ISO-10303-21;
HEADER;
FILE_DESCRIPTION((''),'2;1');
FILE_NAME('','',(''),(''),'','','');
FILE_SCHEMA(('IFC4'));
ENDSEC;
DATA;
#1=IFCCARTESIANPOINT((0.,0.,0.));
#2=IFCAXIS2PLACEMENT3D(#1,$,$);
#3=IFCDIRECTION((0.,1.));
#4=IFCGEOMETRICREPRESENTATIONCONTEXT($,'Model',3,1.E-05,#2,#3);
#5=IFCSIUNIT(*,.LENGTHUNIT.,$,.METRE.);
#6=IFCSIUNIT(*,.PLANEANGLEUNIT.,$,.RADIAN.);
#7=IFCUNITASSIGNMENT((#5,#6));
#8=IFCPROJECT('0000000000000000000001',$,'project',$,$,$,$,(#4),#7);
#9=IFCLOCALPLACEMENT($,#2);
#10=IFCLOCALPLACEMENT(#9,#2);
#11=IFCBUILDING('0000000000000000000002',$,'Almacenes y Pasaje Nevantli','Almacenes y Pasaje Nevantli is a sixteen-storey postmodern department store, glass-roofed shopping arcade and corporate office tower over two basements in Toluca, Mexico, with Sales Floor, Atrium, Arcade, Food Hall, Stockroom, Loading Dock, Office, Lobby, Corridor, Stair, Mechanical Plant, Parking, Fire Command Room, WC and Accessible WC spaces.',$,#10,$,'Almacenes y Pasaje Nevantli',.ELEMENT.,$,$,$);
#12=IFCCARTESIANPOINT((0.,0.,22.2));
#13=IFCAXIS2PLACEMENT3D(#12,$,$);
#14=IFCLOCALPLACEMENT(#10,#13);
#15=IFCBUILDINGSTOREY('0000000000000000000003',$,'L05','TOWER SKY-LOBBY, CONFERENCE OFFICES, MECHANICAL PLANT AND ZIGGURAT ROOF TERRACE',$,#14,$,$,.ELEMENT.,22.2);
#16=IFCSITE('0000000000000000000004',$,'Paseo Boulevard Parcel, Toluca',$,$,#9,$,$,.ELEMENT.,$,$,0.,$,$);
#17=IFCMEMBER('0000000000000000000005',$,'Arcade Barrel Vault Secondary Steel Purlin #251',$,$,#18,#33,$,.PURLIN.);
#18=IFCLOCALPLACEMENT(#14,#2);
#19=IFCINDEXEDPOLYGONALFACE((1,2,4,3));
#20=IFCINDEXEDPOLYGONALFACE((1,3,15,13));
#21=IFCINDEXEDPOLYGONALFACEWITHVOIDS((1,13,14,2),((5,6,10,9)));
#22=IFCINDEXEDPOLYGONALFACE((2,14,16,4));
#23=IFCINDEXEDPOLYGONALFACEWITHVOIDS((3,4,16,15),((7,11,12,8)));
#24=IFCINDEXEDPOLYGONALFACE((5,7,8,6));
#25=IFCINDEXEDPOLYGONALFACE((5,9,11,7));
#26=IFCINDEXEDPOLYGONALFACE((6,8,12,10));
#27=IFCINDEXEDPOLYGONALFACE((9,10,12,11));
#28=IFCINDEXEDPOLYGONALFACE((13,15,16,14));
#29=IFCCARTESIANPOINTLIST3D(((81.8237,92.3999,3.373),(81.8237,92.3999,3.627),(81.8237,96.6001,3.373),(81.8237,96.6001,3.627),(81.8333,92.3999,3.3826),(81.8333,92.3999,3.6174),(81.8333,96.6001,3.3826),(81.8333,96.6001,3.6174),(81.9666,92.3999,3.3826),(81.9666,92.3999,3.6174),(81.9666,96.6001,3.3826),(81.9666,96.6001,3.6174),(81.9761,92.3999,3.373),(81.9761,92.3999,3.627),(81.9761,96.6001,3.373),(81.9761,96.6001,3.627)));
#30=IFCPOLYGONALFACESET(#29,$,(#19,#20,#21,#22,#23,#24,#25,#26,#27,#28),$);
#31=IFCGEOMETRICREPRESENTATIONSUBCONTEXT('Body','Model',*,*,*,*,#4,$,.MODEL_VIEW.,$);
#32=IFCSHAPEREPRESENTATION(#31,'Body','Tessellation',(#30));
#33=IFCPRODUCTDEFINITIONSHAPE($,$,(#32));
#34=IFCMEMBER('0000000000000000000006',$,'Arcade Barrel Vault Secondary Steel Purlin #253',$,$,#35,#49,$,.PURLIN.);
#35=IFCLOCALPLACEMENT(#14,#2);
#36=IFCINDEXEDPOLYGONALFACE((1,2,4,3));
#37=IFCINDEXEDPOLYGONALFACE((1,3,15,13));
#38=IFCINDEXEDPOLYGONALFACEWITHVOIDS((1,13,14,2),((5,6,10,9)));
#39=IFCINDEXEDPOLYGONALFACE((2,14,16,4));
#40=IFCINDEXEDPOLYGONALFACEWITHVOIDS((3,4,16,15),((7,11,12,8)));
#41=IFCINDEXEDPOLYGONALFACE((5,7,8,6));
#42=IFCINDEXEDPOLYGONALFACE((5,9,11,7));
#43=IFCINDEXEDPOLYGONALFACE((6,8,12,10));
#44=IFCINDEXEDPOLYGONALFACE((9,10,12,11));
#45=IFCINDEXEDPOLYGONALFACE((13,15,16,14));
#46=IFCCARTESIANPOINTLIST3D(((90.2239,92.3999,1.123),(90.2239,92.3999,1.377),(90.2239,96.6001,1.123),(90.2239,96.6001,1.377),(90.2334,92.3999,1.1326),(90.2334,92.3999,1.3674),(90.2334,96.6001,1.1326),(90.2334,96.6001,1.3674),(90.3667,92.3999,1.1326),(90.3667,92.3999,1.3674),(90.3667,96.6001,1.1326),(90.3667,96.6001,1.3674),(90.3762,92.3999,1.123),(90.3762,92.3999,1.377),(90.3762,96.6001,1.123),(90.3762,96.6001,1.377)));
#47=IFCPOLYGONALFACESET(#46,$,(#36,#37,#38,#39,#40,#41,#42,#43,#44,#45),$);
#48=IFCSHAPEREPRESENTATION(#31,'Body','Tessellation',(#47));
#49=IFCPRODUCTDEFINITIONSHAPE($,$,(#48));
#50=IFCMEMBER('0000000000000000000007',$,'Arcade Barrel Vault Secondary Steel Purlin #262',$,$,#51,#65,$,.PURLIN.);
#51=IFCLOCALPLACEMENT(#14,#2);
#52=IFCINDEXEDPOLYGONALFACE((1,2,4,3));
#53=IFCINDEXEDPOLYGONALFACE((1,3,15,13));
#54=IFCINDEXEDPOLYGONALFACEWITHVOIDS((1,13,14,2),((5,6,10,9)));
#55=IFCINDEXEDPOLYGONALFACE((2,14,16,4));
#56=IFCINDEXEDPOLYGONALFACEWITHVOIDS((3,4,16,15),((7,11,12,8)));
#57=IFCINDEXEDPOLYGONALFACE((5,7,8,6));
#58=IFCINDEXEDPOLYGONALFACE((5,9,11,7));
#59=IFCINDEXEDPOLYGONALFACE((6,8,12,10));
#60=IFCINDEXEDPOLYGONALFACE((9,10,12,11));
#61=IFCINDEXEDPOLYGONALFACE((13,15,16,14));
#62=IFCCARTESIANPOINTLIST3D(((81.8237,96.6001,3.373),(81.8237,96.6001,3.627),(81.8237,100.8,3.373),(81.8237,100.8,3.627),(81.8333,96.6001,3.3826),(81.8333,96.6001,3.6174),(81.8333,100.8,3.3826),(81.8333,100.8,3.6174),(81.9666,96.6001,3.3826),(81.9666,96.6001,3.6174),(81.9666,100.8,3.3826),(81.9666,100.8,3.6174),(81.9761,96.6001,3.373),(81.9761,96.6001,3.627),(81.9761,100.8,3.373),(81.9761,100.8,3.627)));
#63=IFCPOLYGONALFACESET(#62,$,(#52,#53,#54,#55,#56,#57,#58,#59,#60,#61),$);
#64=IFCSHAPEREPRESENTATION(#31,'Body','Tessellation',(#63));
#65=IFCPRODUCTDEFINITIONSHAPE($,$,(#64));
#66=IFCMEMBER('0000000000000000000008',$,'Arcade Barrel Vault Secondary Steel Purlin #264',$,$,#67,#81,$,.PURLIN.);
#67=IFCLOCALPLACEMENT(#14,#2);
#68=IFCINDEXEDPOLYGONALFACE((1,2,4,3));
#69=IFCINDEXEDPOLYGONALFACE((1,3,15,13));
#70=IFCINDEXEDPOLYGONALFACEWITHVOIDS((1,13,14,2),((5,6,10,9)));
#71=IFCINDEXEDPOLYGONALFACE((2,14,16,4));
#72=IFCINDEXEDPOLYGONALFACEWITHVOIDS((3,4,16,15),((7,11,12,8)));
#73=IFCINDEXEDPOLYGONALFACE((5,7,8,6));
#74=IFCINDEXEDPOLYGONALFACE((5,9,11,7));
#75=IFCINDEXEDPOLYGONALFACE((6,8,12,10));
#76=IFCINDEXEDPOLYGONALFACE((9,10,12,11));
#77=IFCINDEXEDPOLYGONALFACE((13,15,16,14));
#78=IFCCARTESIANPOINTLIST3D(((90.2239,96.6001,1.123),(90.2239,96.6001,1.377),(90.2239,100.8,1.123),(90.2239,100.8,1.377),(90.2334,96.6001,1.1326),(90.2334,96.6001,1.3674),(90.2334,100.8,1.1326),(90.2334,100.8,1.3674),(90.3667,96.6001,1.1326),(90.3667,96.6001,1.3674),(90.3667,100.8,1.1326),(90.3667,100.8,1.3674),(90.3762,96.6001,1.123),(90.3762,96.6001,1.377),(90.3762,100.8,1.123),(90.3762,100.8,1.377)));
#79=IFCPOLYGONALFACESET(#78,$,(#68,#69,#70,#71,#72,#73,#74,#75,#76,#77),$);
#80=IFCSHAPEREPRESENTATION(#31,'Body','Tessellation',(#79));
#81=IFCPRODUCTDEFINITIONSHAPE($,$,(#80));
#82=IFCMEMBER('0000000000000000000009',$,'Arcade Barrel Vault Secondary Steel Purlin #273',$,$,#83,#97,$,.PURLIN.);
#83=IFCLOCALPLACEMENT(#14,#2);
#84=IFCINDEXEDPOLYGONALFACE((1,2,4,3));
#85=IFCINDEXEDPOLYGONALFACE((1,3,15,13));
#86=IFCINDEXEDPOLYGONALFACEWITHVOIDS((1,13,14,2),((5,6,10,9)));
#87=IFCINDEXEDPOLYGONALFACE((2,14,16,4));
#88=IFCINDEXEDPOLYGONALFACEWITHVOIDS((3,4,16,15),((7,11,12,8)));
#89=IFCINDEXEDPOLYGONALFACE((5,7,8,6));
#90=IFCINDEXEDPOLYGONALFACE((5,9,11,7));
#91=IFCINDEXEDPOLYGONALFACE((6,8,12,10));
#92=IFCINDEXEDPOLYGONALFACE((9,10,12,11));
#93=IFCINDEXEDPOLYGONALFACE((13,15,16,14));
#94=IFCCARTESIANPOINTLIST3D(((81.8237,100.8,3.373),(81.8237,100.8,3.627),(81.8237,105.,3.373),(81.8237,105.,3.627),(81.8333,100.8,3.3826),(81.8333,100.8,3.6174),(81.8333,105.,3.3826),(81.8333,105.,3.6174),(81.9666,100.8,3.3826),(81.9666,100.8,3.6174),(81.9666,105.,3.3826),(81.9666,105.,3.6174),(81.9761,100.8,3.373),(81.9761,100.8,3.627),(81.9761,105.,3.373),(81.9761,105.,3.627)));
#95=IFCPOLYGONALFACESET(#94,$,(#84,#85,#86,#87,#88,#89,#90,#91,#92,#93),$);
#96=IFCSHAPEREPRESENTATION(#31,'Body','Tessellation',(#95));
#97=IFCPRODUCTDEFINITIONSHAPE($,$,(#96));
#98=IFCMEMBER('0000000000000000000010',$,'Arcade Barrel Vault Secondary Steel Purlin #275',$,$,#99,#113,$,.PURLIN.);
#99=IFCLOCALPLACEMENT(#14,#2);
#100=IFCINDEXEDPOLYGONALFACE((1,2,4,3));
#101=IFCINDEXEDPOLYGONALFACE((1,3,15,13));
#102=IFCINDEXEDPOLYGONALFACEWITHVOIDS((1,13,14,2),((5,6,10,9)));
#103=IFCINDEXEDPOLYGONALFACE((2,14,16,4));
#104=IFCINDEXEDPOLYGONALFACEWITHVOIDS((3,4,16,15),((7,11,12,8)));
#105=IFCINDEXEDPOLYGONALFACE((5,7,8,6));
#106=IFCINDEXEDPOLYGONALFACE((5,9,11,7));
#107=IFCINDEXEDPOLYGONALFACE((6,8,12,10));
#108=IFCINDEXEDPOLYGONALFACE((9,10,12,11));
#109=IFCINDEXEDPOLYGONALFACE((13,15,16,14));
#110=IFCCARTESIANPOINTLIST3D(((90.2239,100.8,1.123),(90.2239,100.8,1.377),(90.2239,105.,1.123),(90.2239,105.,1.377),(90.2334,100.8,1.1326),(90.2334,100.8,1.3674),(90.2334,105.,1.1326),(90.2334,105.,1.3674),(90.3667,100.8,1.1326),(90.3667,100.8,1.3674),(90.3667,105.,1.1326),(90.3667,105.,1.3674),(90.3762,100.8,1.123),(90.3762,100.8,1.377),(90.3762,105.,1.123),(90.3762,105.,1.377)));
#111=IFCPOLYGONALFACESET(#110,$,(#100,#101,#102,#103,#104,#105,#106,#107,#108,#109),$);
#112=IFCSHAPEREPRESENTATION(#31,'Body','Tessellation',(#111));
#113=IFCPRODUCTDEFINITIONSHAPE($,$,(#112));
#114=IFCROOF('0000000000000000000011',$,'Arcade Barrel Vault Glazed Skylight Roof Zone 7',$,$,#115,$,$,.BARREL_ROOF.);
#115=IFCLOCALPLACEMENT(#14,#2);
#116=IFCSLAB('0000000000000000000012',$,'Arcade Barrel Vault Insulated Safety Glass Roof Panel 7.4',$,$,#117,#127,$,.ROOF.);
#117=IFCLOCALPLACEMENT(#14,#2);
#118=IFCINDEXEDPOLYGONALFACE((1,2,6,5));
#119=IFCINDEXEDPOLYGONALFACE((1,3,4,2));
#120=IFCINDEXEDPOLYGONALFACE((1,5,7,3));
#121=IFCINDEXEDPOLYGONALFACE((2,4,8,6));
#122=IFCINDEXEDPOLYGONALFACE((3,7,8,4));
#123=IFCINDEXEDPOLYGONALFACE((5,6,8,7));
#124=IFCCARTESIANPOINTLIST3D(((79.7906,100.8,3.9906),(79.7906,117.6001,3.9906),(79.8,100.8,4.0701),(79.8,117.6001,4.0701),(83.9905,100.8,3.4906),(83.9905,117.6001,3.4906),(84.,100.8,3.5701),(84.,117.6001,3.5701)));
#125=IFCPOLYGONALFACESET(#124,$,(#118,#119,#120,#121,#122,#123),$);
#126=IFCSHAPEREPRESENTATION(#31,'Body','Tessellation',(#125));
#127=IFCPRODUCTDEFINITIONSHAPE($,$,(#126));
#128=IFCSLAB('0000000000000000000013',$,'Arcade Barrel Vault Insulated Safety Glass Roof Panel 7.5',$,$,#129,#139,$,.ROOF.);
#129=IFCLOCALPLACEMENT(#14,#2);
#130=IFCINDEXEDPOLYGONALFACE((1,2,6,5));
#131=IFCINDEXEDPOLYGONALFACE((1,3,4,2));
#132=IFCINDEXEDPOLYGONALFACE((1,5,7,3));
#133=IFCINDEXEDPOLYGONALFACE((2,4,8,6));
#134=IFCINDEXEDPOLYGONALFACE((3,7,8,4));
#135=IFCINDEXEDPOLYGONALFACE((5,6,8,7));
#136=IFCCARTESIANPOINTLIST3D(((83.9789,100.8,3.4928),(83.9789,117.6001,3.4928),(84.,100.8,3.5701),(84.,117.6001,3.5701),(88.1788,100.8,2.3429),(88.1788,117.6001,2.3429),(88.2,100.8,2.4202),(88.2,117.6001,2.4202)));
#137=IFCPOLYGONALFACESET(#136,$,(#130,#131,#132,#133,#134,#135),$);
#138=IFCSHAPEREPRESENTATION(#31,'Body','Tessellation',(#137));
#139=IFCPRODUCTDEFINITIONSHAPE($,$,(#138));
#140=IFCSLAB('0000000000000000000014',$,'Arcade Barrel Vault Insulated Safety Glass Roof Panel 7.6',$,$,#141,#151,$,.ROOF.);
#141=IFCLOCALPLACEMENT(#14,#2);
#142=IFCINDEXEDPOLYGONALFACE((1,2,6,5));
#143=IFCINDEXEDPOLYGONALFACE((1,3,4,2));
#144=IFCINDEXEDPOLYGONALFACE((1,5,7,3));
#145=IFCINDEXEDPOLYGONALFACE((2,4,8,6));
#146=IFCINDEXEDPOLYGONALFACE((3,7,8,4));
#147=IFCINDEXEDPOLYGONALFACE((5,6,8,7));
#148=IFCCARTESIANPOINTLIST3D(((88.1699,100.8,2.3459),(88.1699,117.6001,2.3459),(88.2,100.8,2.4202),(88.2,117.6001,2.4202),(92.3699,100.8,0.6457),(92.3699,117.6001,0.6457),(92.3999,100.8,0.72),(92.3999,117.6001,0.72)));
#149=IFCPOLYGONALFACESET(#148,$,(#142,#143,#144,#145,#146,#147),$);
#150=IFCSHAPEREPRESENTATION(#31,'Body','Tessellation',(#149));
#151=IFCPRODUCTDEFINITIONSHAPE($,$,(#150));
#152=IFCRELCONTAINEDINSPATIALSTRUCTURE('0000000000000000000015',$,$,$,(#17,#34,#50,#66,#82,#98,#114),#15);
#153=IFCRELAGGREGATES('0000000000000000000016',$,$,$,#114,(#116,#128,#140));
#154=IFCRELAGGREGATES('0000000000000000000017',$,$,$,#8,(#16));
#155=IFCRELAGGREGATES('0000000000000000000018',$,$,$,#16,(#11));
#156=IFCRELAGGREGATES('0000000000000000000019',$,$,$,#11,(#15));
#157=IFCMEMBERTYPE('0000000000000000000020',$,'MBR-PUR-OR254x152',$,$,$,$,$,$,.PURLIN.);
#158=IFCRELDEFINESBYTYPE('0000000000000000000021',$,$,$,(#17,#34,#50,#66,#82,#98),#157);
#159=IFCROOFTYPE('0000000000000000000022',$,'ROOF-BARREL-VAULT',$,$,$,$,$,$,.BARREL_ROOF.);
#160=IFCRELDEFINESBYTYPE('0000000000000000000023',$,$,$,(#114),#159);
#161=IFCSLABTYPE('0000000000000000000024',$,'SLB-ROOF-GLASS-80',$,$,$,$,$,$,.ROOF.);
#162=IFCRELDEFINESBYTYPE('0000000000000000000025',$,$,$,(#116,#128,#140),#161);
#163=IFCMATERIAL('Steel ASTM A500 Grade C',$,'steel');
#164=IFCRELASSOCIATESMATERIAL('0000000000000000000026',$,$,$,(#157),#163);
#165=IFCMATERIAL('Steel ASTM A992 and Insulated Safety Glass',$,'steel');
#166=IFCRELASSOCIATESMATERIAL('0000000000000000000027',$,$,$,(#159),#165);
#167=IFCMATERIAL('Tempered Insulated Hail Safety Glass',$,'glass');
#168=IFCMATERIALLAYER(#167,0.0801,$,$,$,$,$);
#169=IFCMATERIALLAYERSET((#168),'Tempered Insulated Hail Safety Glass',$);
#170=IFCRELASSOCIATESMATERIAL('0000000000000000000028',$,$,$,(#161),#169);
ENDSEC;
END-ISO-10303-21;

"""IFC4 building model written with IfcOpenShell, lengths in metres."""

from ifc_helpers import new_model, si_unit, direction, frame, origin, origin_2d, place, context, subcontext, project, spatial, polyline, hollow_rectangle, outline, extrude, material, layer, layer_set, material_profile, profile_set, type_object, element, aggregate, save


model = new_model("IFC4")

# Units and contexts
model_context = context("Model", 3, precision=1e-05, world=origin(), true_north=direction((0.0, 1.0)))
body_context = subcontext(model_context, "Body", "Model", "MODEL_VIEW")
ifc_project = project(units=[si_unit("LENGTHUNIT", "METRE"), si_unit("PLANEANGLEUNIT", "RADIAN")], contexts=[model_context])

# Site, building, storey
site_placement = place(None, origin())
site = spatial("IfcSite", under=ifc_project, at=site_placement, Name="Paseo Boulevard Parcel, Toluca", CompositionType="ELEMENT", RefElevation=0.0)
building_placement = place(site_placement, origin())
building = spatial("IfcBuilding", under=site, at=building_placement, Name="Almacenes y Pasaje Nevantli", Description="Almacenes y Pasaje Nevantli is a sixteen-storey postmodern department store, glass-roofed shopping arcade and corporate office tower over two basements in Toluca, Mexico, with Sales Floor, Atrium, Arcade, Food Hall, Stockroom, Loading Dock, Office, Lobby, Corridor, Stair, Mechanical Plant, Parking, Fire Command Room, WC and Accessible WC spaces.", LongName="Almacenes y Pasaje Nevantli", CompositionType="ELEMENT")
storey_placement = place(building_placement, frame((0.0, 0.0, 22.2)))
storey = spatial("IfcBuildingStorey", under=building, at=storey_placement, Name="L05", Description="TOWER SKY-LOBBY, CONFERENCE OFFICES, MECHANICAL PLANT AND ZIGGURAT ROOF TERRACE", CompositionType="ELEMENT", Elevation=22.2)

# Members
ifc_material_1 = material(Name="Steel ASTM A500 Grade C", Category="steel")
ifc_material_profile_1 = material_profile(ifc_material_1, hollow_rectangle(XDim=0.1523, YDim=0.2539, WallThickness=0.0095, at=origin_2d()), Name="OR 254x152x9.5")
ifc_profile_set_1 = profile_set([ifc_material_profile_1], Name="Steel ASTM A500 Grade C")
member_type_1 = type_object("IfcMemberType", Name="MBR-PUR-OR254x152", PredefinedType="PURLIN", material=ifc_profile_set_1)
for number, where, z_axis, x_axis, name in (
    (1, (81.8999, 92.3999, 3.5), (0.0, 1.0, 0.0), (-1.0, 0.0, 0.0), "Arcade Barrel Vault Secondary Steel Purlin #251"),
    (2, (90.3, 92.3999, 1.25), (0.0, 1.0, 0.0), (-1.0, 0.0, 0.0), "Arcade Barrel Vault Secondary Steel Purlin #253"),
):
    element("IfcMember", number, at=place(storey_placement, frame(where, z_axis=z_axis, x_axis=x_axis)), inside=storey, type_object=member_type_1, Name=name, PredefinedType="PURLIN", context=body_context, shape_type="SweptSolid", body=[
        extrude(hollow_rectangle(XDim=0.1523, YDim=0.2539, WallThickness=0.0095, at=origin_2d()), origin(), (0.0, 0.0, 1.0), 4.2002),
    ])
for number, where, z_axis, x_axis, name in (
    (3, (81.8999, 96.6001, 3.5), (0.0, 1.0, 0.0), (-1.0, 0.0, 0.0), "Arcade Barrel Vault Secondary Steel Purlin #262"),
    (4, (90.3, 96.6001, 1.25), (0.0, 1.0, 0.0), (-1.0, 0.0, 0.0), "Arcade Barrel Vault Secondary Steel Purlin #264"),
    (5, (81.8999, 100.8, 3.5), (0.0, 1.0, 0.0), (-1.0, 0.0, 0.0), "Arcade Barrel Vault Secondary Steel Purlin #273"),
    (6, (90.3, 100.8, 1.25), (0.0, 1.0, 0.0), (-1.0, 0.0, 0.0), "Arcade Barrel Vault Secondary Steel Purlin #275"),
):
    element("IfcMember", number, at=place(storey_placement, frame(where, z_axis=z_axis, x_axis=x_axis)), inside=storey, type_object=member_type_1, Name=name, PredefinedType="PURLIN", context=body_context, shape_type="SweptSolid", body=[
        extrude(hollow_rectangle(XDim=0.1523, YDim=0.2539, WallThickness=0.0095, at=origin_2d()), origin(), (0.0, 0.0, 1.0), 4.2),
    ])

# Roof, slabs
ifc_material_2 = material(Name="Steel ASTM A992 and Insulated Safety Glass", Category="steel")
roof_type = type_object("IfcRoofType", Name="ROOF-BARREL-VAULT", PredefinedType="BARREL_ROOF", material=ifc_material_2)
roof_placement = place(storey_placement, origin())
roof = element("IfcRoof", 7, at=roof_placement, inside=storey, type_object=roof_type, Name="Arcade Barrel Vault Glazed Skylight Roof Zone 7", PredefinedType="BARREL_ROOF")
ifc_material_3 = material(Name="Tempered Insulated Hail Safety Glass", Category="glass")
ifc_layer = layer(ifc_material_3, 0.0801)
ifc_layer_set = layer_set([ifc_layer], Name="Tempered Insulated Hail Safety Glass")
slab_type = type_object("IfcSlabType", Name="SLB-ROOF-GLASS-80", PredefinedType="ROOF", material=ifc_layer_set)
slab_1_placement = place(storey_placement, frame((79.8, 100.8, 4.0701), z_axis=(0.118214, 0.0, 0.992988), x_axis=(0.992988, 0.0, -0.118214)))
slab_1 = element("IfcSlab", 8, at=slab_1_placement, type_object=slab_type, Name="Arcade Barrel Vault Insulated Safety Glass Roof Panel 7.4", PredefinedType="ROOF", context=body_context, shape_type="SweptSolid", body=[
    extrude(outline(polyline([(0.0, 0.0), (4.2296, 0.0), (4.2296, 16.8), (0.0, 16.8), (0.0, 0.0)])), origin(), (0.0, 0.0, -1.0), 0.0801),
])
slab_2_placement = place(storey_placement, frame((84.0, 100.8, 3.5701), z_axis=(0.264071, 0.0, 0.964503), x_axis=(0.964503, 0.0, -0.264071)))
slab_2 = element("IfcSlab", 9, at=slab_2_placement, type_object=slab_type, Name="Arcade Barrel Vault Insulated Safety Glass Roof Panel 7.5", PredefinedType="ROOF", context=body_context, shape_type="SweptSolid", body=[
    extrude(outline(polyline([(0.0, 0.0), (4.3545, 0.0), (4.3545, 16.8), (0.0, 16.8), (0.0, 0.0)])), origin(), (0.0, 0.0, -1.0), 0.0801),
])
slab_3_placement = place(storey_placement, frame((88.2, 100.8, 2.4202), z_axis=(0.375234, 0.0, 0.92693), x_axis=(0.92693, 0.0, -0.375234)))
slab_3 = element("IfcSlab", 10, at=slab_3_placement, type_object=slab_type, Name="Arcade Barrel Vault Insulated Safety Glass Roof Panel 7.6", PredefinedType="ROOF", context=body_context, shape_type="SweptSolid", body=[
    extrude(outline(polyline([(0.0, 0.0), (4.531, 0.0), (4.531, 16.8), (0.0, 16.8), (0.0, 0.0)])), origin(), (0.0, 0.0, -1.0), 0.0801),
])
aggregate(roof, [slab_1, slab_2, slab_3])

save(model, "model.ifc")
